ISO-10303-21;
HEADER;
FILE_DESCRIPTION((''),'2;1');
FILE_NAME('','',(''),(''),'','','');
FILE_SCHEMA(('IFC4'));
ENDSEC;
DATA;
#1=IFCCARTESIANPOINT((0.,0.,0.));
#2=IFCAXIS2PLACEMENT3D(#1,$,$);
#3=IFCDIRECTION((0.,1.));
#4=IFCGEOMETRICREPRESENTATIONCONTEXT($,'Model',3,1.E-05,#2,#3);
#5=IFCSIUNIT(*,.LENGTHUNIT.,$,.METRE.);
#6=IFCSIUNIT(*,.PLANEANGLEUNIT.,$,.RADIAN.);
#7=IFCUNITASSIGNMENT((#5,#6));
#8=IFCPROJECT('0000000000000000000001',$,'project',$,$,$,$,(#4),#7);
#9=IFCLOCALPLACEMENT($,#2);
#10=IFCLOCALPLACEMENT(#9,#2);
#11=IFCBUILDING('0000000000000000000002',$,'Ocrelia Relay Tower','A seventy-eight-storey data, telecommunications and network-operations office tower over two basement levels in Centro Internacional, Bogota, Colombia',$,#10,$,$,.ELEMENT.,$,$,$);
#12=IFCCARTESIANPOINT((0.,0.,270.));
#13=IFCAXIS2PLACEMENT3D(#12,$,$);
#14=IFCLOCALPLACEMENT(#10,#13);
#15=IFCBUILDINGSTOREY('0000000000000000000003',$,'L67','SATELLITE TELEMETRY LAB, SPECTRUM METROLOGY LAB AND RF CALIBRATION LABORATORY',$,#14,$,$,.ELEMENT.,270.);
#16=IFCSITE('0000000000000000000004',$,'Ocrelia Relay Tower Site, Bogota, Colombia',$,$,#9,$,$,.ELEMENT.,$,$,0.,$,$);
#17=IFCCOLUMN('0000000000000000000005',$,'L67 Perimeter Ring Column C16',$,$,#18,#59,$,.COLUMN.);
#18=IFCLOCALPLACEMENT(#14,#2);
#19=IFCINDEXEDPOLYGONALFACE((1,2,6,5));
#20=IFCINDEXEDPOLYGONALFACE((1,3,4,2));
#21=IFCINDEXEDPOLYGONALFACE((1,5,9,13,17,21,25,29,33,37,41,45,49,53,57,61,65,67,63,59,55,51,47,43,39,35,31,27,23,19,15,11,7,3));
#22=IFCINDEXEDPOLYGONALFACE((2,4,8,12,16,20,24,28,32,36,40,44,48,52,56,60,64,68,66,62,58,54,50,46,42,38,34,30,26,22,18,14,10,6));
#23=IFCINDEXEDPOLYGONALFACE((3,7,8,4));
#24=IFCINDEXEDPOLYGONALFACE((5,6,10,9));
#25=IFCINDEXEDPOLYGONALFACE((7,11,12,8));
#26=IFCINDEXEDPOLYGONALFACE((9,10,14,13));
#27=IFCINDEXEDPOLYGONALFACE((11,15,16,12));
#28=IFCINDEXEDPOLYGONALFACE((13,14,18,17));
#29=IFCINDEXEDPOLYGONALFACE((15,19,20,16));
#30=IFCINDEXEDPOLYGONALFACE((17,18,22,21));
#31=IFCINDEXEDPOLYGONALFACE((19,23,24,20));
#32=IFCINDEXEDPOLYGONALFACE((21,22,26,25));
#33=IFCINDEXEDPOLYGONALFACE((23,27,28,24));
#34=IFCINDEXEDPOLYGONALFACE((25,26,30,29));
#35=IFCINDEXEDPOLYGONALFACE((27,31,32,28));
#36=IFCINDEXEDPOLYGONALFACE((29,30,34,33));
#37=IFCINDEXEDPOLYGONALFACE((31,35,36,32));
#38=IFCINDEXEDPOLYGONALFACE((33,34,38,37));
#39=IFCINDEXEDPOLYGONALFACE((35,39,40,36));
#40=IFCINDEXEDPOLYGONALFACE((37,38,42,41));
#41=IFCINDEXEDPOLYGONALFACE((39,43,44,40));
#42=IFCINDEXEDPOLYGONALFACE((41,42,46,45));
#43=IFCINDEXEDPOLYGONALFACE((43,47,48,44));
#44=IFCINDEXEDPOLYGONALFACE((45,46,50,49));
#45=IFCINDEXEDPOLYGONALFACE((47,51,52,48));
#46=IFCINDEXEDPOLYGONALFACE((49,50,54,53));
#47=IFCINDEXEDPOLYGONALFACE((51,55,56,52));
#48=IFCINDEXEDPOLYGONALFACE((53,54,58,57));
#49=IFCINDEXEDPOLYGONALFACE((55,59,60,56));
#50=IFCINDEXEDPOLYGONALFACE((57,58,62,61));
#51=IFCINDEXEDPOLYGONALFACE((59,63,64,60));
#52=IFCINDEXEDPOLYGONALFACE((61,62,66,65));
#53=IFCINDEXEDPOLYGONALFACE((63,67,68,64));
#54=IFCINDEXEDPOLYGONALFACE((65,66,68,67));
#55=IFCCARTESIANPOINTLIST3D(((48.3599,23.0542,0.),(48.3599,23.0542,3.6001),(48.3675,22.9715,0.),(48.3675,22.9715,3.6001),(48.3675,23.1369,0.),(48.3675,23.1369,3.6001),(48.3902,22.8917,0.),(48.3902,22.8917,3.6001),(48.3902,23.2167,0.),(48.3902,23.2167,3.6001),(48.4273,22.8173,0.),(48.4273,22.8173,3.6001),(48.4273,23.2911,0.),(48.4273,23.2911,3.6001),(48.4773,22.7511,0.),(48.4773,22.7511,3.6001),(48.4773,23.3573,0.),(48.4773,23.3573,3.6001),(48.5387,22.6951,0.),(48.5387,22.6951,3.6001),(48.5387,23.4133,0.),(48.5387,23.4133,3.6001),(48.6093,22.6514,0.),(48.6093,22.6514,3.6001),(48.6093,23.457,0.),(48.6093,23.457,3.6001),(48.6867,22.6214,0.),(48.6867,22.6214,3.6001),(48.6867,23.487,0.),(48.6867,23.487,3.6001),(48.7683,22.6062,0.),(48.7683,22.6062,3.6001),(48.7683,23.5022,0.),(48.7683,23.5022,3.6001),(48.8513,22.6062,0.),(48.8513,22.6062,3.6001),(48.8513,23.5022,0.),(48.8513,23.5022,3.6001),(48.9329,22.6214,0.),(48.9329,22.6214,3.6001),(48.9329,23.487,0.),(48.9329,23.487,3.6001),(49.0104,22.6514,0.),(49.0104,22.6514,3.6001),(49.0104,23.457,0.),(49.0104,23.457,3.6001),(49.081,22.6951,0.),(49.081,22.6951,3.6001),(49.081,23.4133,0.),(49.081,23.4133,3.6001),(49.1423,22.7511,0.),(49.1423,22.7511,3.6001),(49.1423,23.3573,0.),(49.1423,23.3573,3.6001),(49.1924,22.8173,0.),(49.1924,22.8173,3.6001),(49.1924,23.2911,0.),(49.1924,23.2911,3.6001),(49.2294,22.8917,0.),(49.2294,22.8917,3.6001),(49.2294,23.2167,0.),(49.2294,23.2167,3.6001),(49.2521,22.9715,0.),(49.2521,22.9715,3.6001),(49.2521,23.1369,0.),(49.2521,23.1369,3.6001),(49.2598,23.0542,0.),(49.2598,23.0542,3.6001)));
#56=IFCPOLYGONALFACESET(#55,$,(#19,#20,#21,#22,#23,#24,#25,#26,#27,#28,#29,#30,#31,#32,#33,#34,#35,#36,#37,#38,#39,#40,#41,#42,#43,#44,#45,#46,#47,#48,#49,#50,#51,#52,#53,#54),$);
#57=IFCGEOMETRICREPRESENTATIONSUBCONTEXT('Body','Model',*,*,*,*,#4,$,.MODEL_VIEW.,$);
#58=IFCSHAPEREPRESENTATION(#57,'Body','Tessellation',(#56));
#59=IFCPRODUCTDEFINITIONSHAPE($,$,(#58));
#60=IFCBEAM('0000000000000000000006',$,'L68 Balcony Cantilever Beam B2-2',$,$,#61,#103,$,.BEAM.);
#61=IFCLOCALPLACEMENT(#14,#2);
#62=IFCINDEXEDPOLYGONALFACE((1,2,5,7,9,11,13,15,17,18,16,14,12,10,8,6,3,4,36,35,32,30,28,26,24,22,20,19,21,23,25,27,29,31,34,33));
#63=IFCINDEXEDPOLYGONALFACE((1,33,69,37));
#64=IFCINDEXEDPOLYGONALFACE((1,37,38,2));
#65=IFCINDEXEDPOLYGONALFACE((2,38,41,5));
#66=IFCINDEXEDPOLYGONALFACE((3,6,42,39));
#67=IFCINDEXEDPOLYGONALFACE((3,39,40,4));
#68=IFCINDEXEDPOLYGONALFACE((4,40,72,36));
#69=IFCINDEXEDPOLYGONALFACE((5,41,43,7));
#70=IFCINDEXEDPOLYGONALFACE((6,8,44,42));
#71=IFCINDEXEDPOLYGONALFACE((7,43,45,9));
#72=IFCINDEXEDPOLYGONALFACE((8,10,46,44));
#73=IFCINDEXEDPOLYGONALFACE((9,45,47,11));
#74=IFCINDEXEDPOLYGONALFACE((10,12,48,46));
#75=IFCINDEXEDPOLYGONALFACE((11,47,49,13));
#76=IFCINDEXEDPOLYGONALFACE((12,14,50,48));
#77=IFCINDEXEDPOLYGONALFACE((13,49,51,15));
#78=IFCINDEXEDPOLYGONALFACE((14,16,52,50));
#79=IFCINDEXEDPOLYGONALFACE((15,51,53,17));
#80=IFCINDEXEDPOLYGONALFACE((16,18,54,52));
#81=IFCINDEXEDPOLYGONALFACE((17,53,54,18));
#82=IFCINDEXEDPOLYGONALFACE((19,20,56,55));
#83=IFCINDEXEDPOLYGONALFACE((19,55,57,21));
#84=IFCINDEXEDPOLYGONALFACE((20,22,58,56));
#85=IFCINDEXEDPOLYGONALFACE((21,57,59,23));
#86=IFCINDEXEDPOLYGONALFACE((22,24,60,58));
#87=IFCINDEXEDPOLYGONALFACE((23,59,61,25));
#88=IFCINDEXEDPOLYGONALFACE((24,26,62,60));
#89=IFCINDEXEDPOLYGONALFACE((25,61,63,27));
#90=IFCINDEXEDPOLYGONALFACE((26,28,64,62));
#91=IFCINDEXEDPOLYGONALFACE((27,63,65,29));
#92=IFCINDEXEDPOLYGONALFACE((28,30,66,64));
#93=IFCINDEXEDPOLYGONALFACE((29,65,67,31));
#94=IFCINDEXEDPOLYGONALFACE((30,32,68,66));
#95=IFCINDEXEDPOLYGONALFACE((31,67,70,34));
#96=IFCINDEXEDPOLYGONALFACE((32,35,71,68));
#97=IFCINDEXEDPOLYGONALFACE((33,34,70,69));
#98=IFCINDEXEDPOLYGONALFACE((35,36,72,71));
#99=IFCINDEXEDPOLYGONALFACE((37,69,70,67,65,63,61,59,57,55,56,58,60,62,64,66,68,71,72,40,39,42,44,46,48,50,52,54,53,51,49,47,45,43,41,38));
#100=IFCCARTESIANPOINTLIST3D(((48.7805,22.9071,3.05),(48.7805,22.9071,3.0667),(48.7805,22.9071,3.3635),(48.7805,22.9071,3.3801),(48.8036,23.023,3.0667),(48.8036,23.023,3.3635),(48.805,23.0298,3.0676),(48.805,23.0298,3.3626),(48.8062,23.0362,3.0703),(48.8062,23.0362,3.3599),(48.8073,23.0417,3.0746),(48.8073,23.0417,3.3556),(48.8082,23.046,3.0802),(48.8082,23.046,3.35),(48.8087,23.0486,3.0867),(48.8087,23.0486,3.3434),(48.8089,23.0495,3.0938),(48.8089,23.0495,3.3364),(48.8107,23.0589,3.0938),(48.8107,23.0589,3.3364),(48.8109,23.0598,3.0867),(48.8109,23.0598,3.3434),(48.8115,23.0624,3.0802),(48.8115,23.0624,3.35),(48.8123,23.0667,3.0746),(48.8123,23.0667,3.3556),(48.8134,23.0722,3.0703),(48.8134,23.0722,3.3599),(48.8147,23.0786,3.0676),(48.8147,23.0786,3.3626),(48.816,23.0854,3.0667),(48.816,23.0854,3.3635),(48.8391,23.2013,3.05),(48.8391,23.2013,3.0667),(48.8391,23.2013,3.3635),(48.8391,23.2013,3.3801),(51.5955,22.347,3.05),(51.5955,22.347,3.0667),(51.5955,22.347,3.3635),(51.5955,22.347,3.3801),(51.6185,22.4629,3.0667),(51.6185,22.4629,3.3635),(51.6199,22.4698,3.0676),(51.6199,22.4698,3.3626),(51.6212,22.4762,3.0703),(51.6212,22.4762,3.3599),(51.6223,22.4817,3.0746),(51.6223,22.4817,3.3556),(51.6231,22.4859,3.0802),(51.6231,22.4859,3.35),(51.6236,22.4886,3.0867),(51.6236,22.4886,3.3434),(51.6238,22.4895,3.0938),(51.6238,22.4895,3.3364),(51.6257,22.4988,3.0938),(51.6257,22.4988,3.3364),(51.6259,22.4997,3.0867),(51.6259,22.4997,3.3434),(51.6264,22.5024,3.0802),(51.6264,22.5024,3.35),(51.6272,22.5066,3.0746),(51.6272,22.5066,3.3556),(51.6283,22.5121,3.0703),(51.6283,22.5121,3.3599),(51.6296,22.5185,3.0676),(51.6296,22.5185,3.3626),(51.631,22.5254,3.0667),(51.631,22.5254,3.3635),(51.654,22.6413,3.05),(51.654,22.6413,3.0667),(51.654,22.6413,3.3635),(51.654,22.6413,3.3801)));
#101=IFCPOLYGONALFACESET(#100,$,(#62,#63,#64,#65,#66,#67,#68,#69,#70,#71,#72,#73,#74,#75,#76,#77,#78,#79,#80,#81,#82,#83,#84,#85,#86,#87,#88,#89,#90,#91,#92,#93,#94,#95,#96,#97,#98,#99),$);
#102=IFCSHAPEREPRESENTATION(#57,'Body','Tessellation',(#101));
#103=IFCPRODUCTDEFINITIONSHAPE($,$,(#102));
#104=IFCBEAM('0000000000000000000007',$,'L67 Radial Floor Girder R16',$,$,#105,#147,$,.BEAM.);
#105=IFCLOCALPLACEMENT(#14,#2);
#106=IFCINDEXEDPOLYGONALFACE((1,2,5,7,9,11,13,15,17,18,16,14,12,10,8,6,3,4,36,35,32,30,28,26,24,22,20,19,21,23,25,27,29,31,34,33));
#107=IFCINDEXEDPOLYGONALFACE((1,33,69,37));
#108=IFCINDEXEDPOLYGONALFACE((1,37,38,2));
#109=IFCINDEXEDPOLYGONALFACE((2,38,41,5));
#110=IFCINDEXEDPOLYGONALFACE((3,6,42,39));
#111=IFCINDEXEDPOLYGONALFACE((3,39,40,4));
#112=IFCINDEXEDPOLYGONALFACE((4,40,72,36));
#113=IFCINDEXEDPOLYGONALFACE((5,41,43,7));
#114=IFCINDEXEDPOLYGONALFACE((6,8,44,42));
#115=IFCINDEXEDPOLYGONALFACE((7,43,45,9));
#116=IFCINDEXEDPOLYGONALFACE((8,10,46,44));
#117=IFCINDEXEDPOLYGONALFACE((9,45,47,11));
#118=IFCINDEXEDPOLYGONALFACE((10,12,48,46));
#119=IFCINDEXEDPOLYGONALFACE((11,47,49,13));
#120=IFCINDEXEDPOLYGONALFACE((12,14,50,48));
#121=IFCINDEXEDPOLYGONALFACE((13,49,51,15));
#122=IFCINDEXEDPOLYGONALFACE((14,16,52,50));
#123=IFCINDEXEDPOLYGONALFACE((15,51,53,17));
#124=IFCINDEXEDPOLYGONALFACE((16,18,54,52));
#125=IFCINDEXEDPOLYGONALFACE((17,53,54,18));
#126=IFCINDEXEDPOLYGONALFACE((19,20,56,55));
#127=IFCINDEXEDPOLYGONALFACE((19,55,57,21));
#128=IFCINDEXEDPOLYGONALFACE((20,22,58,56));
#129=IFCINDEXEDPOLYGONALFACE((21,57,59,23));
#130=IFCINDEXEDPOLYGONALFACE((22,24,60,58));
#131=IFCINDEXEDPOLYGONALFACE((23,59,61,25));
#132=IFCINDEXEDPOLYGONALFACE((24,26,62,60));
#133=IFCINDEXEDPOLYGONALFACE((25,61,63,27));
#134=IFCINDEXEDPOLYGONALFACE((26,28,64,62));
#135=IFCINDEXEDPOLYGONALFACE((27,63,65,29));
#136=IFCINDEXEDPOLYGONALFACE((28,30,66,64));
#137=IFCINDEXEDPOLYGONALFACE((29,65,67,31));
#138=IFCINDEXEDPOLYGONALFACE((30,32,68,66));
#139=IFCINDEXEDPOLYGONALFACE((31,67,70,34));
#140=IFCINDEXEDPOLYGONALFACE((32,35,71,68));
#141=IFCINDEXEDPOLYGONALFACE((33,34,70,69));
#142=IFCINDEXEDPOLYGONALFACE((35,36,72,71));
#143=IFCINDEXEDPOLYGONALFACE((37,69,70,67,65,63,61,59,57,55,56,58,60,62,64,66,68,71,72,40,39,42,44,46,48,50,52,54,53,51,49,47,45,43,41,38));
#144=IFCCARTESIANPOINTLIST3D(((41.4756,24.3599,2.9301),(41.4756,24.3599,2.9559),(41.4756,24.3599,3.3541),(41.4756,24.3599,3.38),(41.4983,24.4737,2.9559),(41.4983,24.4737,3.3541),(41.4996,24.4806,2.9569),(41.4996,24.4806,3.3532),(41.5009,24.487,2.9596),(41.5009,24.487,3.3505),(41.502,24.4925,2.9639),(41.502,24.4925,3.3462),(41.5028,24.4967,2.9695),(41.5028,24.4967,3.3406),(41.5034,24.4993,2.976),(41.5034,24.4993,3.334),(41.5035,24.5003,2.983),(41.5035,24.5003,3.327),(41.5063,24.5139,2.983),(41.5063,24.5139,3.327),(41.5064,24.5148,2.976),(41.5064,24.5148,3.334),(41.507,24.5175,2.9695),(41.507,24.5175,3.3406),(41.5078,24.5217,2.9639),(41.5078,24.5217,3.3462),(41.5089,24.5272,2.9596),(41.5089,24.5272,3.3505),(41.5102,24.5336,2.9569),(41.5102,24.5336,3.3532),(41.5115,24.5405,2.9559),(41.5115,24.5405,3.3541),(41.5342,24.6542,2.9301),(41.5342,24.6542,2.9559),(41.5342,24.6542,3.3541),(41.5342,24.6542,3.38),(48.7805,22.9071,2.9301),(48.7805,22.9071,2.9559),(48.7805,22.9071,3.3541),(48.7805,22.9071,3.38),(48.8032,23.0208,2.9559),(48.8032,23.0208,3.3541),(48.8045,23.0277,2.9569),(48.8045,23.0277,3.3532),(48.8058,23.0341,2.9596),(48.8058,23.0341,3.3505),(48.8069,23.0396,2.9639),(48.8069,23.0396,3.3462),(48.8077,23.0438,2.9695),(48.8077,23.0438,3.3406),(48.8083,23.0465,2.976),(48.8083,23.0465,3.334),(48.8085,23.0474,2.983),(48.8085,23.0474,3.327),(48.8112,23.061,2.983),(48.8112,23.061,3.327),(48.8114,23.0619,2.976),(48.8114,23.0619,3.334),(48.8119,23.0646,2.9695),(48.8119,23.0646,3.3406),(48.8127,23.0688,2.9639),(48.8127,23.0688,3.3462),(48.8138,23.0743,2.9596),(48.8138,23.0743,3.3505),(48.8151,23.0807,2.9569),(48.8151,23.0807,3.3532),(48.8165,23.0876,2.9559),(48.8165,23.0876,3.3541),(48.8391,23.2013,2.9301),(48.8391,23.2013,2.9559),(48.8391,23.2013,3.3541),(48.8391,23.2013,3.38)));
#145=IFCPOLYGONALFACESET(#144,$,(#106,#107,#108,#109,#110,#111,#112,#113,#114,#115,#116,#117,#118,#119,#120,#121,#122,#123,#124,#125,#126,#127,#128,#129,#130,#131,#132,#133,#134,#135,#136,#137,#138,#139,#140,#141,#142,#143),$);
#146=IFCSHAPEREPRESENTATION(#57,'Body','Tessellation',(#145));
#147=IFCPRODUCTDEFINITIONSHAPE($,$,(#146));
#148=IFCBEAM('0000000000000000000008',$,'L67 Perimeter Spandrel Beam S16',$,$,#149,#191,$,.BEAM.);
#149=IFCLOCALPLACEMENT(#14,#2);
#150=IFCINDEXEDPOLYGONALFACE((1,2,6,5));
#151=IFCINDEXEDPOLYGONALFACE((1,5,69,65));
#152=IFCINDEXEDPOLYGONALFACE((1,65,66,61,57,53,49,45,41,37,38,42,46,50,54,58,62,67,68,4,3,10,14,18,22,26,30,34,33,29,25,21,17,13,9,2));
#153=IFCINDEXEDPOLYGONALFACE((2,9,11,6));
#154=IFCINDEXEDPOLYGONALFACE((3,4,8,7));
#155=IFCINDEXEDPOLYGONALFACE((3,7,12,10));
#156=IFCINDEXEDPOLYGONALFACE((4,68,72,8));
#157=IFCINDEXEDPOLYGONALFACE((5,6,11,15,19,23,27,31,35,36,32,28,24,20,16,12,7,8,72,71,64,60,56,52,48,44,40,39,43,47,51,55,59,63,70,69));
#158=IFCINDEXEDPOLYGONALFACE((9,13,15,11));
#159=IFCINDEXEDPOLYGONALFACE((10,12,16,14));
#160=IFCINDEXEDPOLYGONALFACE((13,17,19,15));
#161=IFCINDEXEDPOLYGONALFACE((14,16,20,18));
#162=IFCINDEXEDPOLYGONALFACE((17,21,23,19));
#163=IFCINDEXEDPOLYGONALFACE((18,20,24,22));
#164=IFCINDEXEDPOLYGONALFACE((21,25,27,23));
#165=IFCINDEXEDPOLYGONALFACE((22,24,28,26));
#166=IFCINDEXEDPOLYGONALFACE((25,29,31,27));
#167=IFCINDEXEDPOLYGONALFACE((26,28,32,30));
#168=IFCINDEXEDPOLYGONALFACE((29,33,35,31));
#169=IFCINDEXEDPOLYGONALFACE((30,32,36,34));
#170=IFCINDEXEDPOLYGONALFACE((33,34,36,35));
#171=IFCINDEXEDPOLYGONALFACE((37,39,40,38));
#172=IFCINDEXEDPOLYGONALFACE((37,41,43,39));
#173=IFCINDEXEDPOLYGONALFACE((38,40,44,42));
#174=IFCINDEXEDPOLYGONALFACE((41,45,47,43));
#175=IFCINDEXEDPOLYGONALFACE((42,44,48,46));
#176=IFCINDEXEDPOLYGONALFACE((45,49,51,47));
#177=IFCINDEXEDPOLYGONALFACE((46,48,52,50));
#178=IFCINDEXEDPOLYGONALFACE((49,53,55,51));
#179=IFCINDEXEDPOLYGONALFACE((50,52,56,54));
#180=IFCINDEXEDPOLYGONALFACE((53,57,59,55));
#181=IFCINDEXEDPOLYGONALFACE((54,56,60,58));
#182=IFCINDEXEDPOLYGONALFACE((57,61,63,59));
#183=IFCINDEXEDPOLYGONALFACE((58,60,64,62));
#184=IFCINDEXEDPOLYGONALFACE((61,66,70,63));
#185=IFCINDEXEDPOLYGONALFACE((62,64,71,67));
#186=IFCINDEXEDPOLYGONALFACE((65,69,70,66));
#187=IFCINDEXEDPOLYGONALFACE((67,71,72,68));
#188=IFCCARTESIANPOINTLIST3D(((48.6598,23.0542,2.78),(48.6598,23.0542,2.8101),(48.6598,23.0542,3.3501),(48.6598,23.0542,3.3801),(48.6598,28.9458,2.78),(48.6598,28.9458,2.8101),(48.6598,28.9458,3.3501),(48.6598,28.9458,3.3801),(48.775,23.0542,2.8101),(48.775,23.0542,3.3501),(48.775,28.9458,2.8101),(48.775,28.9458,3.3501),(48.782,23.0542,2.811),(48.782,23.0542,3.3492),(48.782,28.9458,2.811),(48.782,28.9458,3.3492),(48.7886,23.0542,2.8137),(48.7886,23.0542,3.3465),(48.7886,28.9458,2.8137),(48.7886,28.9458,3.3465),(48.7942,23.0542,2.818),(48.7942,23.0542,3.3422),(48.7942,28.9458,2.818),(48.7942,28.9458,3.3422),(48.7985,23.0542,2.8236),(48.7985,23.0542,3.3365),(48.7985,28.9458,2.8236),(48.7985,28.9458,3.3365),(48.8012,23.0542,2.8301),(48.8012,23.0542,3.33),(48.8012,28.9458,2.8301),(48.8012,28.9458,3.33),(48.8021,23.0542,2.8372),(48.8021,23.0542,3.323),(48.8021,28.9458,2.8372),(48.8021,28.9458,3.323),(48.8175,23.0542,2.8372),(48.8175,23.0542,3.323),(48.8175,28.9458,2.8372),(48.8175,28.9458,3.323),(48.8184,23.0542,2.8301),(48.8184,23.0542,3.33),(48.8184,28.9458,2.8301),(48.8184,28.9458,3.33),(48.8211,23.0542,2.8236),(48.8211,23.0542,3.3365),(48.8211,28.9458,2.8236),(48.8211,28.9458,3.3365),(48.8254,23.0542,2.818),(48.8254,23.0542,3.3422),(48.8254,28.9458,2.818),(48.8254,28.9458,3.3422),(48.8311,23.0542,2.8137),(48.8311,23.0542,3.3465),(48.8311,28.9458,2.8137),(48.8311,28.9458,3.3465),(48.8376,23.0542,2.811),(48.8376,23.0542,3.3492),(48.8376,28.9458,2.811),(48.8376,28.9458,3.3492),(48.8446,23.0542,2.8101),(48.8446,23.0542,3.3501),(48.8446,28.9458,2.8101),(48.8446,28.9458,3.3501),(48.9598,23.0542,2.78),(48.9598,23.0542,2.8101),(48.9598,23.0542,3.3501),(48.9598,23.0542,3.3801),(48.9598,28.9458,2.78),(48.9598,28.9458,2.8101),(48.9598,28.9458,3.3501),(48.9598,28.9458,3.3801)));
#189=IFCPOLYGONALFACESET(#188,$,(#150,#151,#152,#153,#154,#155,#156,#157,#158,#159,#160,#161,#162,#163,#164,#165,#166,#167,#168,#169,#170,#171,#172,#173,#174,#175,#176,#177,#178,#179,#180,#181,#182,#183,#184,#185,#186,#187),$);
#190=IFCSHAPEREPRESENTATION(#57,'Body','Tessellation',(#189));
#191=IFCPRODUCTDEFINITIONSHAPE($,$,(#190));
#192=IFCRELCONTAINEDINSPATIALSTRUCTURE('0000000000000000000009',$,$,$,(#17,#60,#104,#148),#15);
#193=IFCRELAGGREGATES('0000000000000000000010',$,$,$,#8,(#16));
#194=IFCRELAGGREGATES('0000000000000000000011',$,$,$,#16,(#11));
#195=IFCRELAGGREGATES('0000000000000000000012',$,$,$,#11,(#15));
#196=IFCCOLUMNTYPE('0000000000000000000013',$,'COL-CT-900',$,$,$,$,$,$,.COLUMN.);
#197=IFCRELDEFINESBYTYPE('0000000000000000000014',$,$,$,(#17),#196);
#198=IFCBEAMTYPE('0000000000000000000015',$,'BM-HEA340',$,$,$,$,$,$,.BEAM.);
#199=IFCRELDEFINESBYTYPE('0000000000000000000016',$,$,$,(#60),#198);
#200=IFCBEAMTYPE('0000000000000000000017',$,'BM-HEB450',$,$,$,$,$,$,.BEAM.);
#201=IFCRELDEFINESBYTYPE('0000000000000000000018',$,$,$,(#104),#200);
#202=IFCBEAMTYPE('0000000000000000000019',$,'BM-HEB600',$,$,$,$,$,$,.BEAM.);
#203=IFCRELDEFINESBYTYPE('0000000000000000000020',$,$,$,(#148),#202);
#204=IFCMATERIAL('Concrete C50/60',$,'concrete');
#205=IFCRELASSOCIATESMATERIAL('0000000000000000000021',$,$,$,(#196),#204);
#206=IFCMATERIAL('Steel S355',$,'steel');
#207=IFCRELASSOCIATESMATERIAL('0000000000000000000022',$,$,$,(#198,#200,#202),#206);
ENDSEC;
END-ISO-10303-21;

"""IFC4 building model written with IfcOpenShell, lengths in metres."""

from ifc_helpers import new_model, si_unit, direction, frame, origin, origin_2d, place, context, subcontext, project, spatial, circle, i_section, extrude, material, material_profile, profile_set, type_object, element, save


model = new_model("IFC4")

# Units and contexts
model_context = context("Model", 3, precision=1e-05, world=origin(), true_north=direction((0.0, 1.0)))
body_context = subcontext(model_context, "Body", "Model", "MODEL_VIEW")
ifc_project = project(units=[si_unit("LENGTHUNIT", "METRE"), si_unit("PLANEANGLEUNIT", "RADIAN")], contexts=[model_context])

# Site, building, storey
site_placement = place(None, origin())
site = spatial("IfcSite", under=ifc_project, at=site_placement, Name="Ocrelia Relay Tower Site, Bogota, Colombia", CompositionType="ELEMENT", RefElevation=0.0)
building_placement = place(site_placement, origin())
building = spatial("IfcBuilding", under=site, at=building_placement, Name="Ocrelia Relay Tower", Description="A seventy-eight-storey data, telecommunications and network-operations office tower over two basement levels in Centro Internacional, Bogota, Colombia", CompositionType="ELEMENT")
storey_placement = place(building_placement, frame((0.0, 0.0, 270.0)))
storey = spatial("IfcBuildingStorey", under=building, at=storey_placement, Name="L67", Description="SATELLITE TELEMETRY LAB, SPECTRUM METROLOGY LAB AND RF CALIBRATION LABORATORY", CompositionType="ELEMENT", Elevation=270.0)

# Column
ifc_material_1 = material(Name="Concrete C50/60", Category="concrete")
ifc_material_profile_1 = material_profile(ifc_material_1, circle(Radius=0.45, at=origin_2d()), Name="RC-CIR-900")
ifc_profile_set_1 = profile_set([ifc_material_profile_1], Name="Concrete C50/60")
column_type = type_object("IfcColumnType", Name="COL-CT-900", PredefinedType="COLUMN", material=ifc_profile_set_1)
column_placement = place(storey_placement, frame((48.8098, 23.0542, 0.0), z_axis=(0.0, 0.0, 1.0), x_axis=(1.0, 0.0, 0.0)))
element("IfcColumn", 1, at=column_placement, inside=storey, type_object=column_type, Name="L67 Perimeter Ring Column C16", PredefinedType="COLUMN", context=body_context, shape_type="SweptSolid", body=[
    extrude(circle(Radius=0.45, at=origin_2d()), origin(), (0.0, 0.0, 1.0), 3.6001),
])

# Beams
ifc_material_2 = material(Name="Steel S355", Category="steel")
ifc_material_profile_2 = material_profile(ifc_material_2, i_section(OverallWidth=0.3, OverallDepth=0.3301, WebThickness=0.0095, FlangeThickness=0.0166, FilletRadius=0.0271, at=origin_2d()), Name="HEA 340")
ifc_profile_set_2 = profile_set([ifc_material_profile_2], Name="Steel S355")
beam_type_1 = type_object("IfcBeamType", Name="BM-HEA340", PredefinedType="BEAM", material=ifc_profile_set_2)
beam_1_placement = place(storey_placement, frame((48.8098, 23.0542, 3.2151), z_axis=(0.980776, -0.195135, 0.0), x_axis=(0.195135, 0.980776, 0.0)))
element("IfcBeam", 2, at=beam_1_placement, inside=storey, type_object=beam_type_1, Name="L68 Balcony Cantilever Beam B2-2", PredefinedType="BEAM", context=body_context, shape_type="SweptSolid", body=[
    extrude(i_section(OverallWidth=0.3, OverallDepth=0.3301, WebThickness=0.0095, FlangeThickness=0.0166, FilletRadius=0.0271, at=origin_2d()), origin(), (0.0, 0.0, 1.0), 2.8701),
])
ifc_material_profile_3 = material_profile(ifc_material_2, i_section(OverallWidth=0.3, OverallDepth=0.45, WebThickness=0.0139, FlangeThickness=0.0259, FilletRadius=0.0271, at=origin_2d()), Name="HEB 450")
ifc_profile_set_3 = profile_set([ifc_material_profile_3], Name="Steel S355")
beam_type_2 = type_object("IfcBeamType", Name="BM-HEB450", PredefinedType="BEAM", material=ifc_profile_set_3)
beam_2_placement = place(storey_placement, frame((48.8098, 23.0542, 3.155), z_axis=(-0.980789, 0.19507, 0.0), x_axis=(-0.19507, -0.980789, 0.0)))
element("IfcBeam", 3, at=beam_2_placement, inside=storey, type_object=beam_type_2, Name="L67 Radial Floor Girder R16", PredefinedType="BEAM", context=body_context, shape_type="SweptSolid", body=[
    extrude(i_section(OverallWidth=0.3, OverallDepth=0.45, WebThickness=0.0139, FlangeThickness=0.0259, FilletRadius=0.0271, at=origin_2d()), origin(), (0.0, 0.0, 1.0), 7.448),
])
ifc_material_profile_4 = material_profile(ifc_material_2, i_section(OverallWidth=0.3, OverallDepth=0.6001, WebThickness=0.0154, FlangeThickness=0.03, FilletRadius=0.0271, at=origin_2d()), Name="HEB 600")
ifc_profile_set_4 = profile_set([ifc_material_profile_4], Name="Steel S355")
beam_type_3 = type_object("IfcBeamType", Name="BM-HEB600", PredefinedType="BEAM", material=ifc_profile_set_4)
beam_3_placement = place(storey_placement, frame((48.8098, 23.0542, 3.0801), z_axis=(0.0, 1.0, 0.0), x_axis=(-1.0, 0.0, 0.0)))
element("IfcBeam", 4, at=beam_3_placement, inside=storey, type_object=beam_type_3, Name="L67 Perimeter Spandrel Beam S16", PredefinedType="BEAM", context=body_context, shape_type="SweptSolid", body=[
    extrude(i_section(OverallWidth=0.3, OverallDepth=0.6001, WebThickness=0.0154, FlangeThickness=0.03, FilletRadius=0.0271, at=origin_2d()), origin(), (0.0, 0.0, 1.0), 5.8916),
])

save(model, "model.ifc")
